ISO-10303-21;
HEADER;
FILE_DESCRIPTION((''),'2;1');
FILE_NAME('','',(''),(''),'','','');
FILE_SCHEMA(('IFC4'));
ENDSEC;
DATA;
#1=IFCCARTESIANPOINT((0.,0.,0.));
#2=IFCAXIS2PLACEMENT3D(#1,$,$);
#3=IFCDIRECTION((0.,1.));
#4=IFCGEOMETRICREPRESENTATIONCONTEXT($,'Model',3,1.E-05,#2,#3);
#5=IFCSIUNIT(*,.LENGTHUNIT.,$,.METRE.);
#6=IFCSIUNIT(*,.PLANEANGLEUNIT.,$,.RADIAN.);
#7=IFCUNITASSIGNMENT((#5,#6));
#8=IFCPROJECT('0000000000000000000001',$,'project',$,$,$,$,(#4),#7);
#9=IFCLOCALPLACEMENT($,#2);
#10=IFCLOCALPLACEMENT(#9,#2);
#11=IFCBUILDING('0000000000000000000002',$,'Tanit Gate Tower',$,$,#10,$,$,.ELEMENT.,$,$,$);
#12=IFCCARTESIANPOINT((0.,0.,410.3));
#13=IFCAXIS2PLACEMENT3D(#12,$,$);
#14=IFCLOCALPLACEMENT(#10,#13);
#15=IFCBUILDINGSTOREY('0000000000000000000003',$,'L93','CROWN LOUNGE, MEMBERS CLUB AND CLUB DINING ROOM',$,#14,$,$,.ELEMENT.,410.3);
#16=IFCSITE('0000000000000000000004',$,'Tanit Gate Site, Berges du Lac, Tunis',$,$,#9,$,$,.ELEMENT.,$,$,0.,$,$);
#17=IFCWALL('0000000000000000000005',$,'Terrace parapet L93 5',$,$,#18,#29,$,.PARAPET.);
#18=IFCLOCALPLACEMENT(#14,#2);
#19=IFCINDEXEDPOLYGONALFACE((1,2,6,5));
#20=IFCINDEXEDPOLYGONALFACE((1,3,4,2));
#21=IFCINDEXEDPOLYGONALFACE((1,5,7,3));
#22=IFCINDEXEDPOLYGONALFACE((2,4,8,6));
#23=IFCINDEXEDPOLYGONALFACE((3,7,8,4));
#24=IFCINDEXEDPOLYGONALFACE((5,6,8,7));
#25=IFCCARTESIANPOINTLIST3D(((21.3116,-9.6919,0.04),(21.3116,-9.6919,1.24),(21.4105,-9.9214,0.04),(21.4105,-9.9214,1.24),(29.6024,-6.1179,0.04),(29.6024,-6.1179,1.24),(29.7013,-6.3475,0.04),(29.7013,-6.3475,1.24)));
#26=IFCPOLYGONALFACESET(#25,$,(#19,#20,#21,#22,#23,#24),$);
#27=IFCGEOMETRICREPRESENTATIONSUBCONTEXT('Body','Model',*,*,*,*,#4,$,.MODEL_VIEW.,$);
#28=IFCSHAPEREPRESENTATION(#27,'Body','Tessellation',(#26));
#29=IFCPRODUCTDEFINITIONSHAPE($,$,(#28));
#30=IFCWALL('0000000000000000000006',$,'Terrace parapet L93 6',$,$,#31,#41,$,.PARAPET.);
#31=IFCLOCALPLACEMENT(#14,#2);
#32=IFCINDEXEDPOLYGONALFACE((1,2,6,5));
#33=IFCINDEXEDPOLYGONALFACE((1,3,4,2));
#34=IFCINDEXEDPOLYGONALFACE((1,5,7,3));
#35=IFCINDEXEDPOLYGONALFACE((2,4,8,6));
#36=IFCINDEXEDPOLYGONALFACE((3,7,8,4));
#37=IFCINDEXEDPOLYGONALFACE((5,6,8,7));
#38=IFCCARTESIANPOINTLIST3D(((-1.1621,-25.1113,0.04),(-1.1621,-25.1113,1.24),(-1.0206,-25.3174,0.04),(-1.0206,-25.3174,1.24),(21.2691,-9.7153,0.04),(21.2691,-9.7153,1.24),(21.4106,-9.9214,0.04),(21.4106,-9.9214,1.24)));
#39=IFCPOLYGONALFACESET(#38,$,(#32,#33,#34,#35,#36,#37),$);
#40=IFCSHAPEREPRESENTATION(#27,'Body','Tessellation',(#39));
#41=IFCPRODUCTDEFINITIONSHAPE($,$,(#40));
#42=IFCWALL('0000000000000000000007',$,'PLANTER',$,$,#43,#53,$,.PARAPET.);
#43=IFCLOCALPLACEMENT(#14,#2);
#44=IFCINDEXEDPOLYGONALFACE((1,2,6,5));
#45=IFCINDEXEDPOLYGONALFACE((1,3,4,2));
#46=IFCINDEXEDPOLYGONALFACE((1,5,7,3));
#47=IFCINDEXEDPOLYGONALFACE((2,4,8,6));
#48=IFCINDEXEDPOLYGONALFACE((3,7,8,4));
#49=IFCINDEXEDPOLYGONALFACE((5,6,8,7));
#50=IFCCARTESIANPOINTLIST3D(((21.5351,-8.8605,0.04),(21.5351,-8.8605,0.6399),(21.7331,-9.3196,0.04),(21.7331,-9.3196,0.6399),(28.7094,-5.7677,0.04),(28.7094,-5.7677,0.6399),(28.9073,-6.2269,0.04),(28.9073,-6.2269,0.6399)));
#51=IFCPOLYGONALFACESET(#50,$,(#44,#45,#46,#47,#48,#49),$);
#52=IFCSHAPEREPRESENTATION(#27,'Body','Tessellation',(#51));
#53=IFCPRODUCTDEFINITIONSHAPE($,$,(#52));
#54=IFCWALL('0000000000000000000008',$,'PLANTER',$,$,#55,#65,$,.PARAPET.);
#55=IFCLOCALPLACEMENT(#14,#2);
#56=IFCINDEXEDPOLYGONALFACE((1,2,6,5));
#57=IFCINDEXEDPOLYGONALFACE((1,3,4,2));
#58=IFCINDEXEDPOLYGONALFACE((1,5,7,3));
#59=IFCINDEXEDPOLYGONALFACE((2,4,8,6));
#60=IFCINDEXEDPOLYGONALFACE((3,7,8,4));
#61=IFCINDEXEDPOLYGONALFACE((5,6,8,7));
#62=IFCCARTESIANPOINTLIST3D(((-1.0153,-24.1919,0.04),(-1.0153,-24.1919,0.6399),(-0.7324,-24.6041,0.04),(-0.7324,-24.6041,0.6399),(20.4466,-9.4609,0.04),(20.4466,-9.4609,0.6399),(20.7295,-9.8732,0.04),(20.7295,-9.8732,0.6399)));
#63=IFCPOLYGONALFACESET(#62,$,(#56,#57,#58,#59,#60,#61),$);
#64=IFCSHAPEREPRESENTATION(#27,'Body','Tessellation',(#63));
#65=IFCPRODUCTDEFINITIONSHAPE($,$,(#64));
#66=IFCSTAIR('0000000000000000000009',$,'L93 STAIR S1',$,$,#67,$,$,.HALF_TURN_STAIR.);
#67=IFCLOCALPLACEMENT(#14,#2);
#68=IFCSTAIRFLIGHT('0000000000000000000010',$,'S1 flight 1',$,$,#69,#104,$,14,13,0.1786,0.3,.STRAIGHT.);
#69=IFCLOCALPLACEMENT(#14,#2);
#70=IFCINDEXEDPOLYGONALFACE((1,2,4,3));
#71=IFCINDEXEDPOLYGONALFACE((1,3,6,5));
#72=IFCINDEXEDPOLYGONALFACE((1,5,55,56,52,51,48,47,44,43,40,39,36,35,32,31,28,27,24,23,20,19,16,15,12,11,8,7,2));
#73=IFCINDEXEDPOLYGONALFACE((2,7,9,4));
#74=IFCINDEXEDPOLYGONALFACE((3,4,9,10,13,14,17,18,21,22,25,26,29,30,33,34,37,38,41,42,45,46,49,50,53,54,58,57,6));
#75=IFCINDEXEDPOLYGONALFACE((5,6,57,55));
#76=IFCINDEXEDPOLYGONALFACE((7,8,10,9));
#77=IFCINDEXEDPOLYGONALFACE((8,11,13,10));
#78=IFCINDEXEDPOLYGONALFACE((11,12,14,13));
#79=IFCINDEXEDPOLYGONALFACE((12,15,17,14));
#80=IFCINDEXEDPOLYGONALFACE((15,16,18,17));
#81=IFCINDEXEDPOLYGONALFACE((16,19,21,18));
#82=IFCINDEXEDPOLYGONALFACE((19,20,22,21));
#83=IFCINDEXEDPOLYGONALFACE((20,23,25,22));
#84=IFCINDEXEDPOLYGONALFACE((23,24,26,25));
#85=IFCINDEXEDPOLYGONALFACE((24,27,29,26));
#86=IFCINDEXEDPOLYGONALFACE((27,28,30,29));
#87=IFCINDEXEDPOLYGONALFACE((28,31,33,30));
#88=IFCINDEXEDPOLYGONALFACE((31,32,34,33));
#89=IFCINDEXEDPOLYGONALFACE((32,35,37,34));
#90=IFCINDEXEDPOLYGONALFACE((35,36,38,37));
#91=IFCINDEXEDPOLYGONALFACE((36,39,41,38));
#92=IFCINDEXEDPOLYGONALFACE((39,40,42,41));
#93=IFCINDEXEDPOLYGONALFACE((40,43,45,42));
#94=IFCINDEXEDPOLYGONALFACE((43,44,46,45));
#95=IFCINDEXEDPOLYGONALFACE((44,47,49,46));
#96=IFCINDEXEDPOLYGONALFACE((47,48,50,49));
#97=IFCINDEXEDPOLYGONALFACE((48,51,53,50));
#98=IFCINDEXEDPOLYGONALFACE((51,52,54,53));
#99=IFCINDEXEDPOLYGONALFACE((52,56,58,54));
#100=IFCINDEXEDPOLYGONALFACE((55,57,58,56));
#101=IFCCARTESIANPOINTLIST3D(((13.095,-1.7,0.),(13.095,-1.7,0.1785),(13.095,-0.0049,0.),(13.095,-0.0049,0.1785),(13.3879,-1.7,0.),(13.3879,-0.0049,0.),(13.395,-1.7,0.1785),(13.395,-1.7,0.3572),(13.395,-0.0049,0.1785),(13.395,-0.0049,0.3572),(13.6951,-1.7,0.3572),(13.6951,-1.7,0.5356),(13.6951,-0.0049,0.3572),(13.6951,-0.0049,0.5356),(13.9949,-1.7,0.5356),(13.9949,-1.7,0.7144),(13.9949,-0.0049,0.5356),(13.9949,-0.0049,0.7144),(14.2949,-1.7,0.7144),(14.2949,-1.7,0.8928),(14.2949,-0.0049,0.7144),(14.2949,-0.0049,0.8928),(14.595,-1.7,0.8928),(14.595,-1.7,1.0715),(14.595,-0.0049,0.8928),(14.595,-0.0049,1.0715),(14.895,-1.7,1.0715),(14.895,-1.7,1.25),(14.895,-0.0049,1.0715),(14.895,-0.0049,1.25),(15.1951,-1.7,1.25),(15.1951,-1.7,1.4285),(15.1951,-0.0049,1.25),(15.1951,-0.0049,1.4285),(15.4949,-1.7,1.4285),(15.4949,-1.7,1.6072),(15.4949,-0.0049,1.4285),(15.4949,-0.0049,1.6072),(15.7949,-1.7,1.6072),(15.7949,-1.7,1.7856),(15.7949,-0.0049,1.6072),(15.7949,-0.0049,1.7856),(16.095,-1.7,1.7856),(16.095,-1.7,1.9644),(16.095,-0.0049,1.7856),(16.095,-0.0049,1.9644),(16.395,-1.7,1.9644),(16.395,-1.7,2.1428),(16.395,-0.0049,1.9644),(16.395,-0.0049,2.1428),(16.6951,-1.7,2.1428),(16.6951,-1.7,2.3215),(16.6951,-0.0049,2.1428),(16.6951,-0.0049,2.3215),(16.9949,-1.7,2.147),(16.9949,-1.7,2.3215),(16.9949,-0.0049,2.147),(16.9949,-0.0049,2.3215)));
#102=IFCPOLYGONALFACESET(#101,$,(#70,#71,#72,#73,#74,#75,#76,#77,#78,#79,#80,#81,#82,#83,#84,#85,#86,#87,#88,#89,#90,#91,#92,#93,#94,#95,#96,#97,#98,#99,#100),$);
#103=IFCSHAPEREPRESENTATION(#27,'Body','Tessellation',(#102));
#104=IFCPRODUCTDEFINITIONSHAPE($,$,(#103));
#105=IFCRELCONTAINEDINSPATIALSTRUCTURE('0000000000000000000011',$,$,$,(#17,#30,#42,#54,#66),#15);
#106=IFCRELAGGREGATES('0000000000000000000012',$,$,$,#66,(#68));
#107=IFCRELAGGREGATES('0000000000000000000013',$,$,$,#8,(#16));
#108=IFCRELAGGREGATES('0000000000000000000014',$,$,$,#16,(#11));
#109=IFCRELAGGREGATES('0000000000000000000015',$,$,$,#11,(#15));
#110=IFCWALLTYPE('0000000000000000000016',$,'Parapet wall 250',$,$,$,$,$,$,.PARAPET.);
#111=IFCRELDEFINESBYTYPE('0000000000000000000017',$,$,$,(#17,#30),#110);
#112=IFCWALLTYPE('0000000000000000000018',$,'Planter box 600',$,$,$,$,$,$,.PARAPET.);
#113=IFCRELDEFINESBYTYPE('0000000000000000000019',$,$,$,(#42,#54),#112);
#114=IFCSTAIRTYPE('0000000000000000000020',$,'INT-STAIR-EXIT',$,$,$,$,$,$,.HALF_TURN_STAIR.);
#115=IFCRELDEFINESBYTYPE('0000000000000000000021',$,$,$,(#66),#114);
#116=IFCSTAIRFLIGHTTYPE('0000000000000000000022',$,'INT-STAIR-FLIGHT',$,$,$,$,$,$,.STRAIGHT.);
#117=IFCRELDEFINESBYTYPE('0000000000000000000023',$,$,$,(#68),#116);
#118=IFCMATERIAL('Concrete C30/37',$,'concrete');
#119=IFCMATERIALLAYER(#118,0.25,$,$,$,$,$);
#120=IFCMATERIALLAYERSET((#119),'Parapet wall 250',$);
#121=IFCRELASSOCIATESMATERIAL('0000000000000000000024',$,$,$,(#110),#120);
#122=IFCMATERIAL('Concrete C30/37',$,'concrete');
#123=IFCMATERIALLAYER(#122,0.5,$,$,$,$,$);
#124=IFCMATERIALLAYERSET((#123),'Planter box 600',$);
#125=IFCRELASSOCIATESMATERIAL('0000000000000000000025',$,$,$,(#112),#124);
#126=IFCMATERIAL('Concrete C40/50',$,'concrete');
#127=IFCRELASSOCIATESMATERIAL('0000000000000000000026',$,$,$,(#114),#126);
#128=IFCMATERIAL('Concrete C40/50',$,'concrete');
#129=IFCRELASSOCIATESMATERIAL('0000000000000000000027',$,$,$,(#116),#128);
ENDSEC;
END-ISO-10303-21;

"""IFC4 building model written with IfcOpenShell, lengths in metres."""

from ifc_helpers import new_model, si_unit, direction, frame, frame_2d, origin, place, context, subcontext, project, spatial, polyline, rectangle, outline, extrude, material, layer, layer_set, type_object, element, aggregate, save


model = new_model("IFC4")

# Units and contexts
model_context = context("Model", 3, precision=1e-05, world=origin(), true_north=direction((0.0, 1.0)))
body_context = subcontext(model_context, "Body", "Model", "MODEL_VIEW")
ifc_project = project(units=[si_unit("LENGTHUNIT", "METRE"), si_unit("PLANEANGLEUNIT", "RADIAN")], contexts=[model_context])

# Site, building, storey
site_placement = place(None, origin())
site = spatial("IfcSite", under=ifc_project, at=site_placement, Name="Tanit Gate Site, Berges du Lac, Tunis", CompositionType="ELEMENT", RefElevation=0.0)
building_placement = place(site_placement, origin())
building = spatial("IfcBuilding", under=site, at=building_placement, Name="Tanit Gate Tower", CompositionType="ELEMENT")
storey_placement = place(building_placement, frame((0.0, 0.0, 410.3)))
storey = spatial("IfcBuildingStorey", under=building, at=storey_placement, Name="L93", Description="CROWN LOUNGE, MEMBERS CLUB AND CLUB DINING ROOM", CompositionType="ELEMENT", Elevation=410.3)

# Walls
ifc_material_1 = material(Name="Concrete C30/37", Category="concrete")
ifc_layer_1 = layer(ifc_material_1, 0.25)
ifc_layer_set_1 = layer_set([ifc_layer_1], Name="Parapet wall 250")
wall_type_1 = type_object("IfcWallType", Name="Parapet wall 250", PredefinedType="PARAPET", material=ifc_layer_set_1)
wall_1_placement = place(storey_placement, frame((29.6519, -6.2327, 0.04), z_axis=(0.0, 0.0, 1.0), x_axis=(-0.918309, -0.395864, 0.0)))
element("IfcWall", 1, at=wall_1_placement, inside=storey, type_object=wall_type_1, Name="Terrace parapet L93 5", PredefinedType="PARAPET", context=body_context, shape_type="SweptSolid", body=[
    extrude(rectangle(XDim=9.0283, YDim=0.25, at=frame_2d((4.5142, 0.0))), origin(), (0.0, 0.0, 1.0), 1.2),
])
wall_2_placement = place(storey_placement, frame((21.3398, -9.8184, 0.04), z_axis=(0.0, 0.0, 1.0), x_axis=(-0.824478, -0.565894, 0.0)))
element("IfcWall", 2, at=wall_2_placement, inside=storey, type_object=wall_type_1, Name="Terrace parapet L93 6", PredefinedType="PARAPET", context=body_context, shape_type="SweptSolid", body=[
    extrude(rectangle(XDim=27.2065, YDim=0.25, at=frame_2d((13.6033, 0.0))), origin(), (0.0, 0.0, 1.0), 1.2),
])
ifc_material_2 = material(Name="Concrete C30/37", Category="concrete")
ifc_layer_2 = layer(ifc_material_2, 0.5)
ifc_layer_set_2 = layer_set([ifc_layer_2], Name="Planter box 600")
wall_type_2 = type_object("IfcWallType", Name="Planter box 600", PredefinedType="PARAPET", material=ifc_layer_set_2)
wall_3_placement = place(storey_placement, frame((28.8083, -5.9973, 0.04), z_axis=(0.0, 0.0, 1.0), x_axis=(-0.918306, -0.395872, 0.0)))
element("IfcWall", 3, at=wall_3_placement, inside=storey, type_object=wall_type_2, Name="PLANTER", PredefinedType="PARAPET", context=body_context, shape_type="SweptSolid", body=[
    extrude(rectangle(XDim=7.8125, YDim=0.5, at=frame_2d((3.9062, 0.0))), origin(), (0.0, 0.0, 1.0), 0.5999),
])
wall_4_placement = place(storey_placement, frame((20.5881, -9.667, 0.04), z_axis=(0.0, 0.0, 1.0), x_axis=(-0.824474, -0.5659, 0.0)))
element("IfcWall", 4, at=wall_4_placement, inside=storey, type_object=wall_type_2, Name="PLANTER", PredefinedType="PARAPET", context=body_context, shape_type="SweptSolid", body=[
    extrude(rectangle(XDim=26.031, YDim=0.5, at=frame_2d((13.0156, 0.0))), origin(), (0.0, 0.0, 1.0), 0.5999),
])

# Stair, stair flight
ifc_material_3 = material(Name="Concrete C40/50", Category="concrete")
stair_type = type_object("IfcStairType", Name="INT-STAIR-EXIT", PredefinedType="HALF_TURN_STAIR", material=ifc_material_3)
stair_placement = place(storey_placement, origin())
stair = element("IfcStair", 5, at=stair_placement, inside=storey, type_object=stair_type, Name="L93 STAIR S1", PredefinedType="HALF_TURN_STAIR")
ifc_material_4 = material(Name="Concrete C40/50", Category="concrete")
stair_flight_type = type_object("IfcStairFlightType", Name="INT-STAIR-FLIGHT", PredefinedType="STRAIGHT", material=ifc_material_4)
stair_flight_placement = place(storey_placement, frame((13.095, -0.8525, 0.0), z_axis=(0.0, 0.0, 1.0), x_axis=(1.0, 0.0, 0.0)))
stair_flight = element("IfcStairFlight", 6, at=stair_flight_placement, type_object=stair_flight_type, Name="S1 flight 1", NumberOfRisers=14, NumberOfTreads=13, PredefinedType="STRAIGHT", RiserHeight=0.1786, TreadLength=0.3, context=body_context, shape_type="SweptSolid", body=[
    extrude(outline(polyline([(0.0, 0.0), (0.0, 0.1785), (0.3, 0.1785), (0.3, 0.3572), (0.6001, 0.3572), (0.6001, 0.5356), (0.8999, 0.5356), (0.8999, 0.7144), (1.2, 0.7144), (1.2, 0.8928), (1.5, 0.8928), (1.5, 1.0715), (1.8, 1.0715), (1.8, 1.25), (2.1001, 1.25), (2.1001, 1.4285), (2.3999, 1.4285), (2.3999, 1.6072), (2.7, 1.6072), (2.7, 1.7856), (3.0, 1.7856), (3.0, 1.9644), (3.3, 1.9644), (3.3, 2.1428), (3.6001, 2.1428), (3.6001, 2.3215), (3.8999, 2.3215), (3.8999, 2.5), (3.8999, 2.147), (0.293, 0.0), (0.0, 0.0)])), frame((0.0, 0.8477, 0.0), z_axis=(0.0, -1.0, 0.0), x_axis=(1.0, 0.0, 0.0)), (0.0, 0.0, 1.0), 1.6951),
])
aggregate(stair, [stair_flight])

save(model, "model.ifc")
